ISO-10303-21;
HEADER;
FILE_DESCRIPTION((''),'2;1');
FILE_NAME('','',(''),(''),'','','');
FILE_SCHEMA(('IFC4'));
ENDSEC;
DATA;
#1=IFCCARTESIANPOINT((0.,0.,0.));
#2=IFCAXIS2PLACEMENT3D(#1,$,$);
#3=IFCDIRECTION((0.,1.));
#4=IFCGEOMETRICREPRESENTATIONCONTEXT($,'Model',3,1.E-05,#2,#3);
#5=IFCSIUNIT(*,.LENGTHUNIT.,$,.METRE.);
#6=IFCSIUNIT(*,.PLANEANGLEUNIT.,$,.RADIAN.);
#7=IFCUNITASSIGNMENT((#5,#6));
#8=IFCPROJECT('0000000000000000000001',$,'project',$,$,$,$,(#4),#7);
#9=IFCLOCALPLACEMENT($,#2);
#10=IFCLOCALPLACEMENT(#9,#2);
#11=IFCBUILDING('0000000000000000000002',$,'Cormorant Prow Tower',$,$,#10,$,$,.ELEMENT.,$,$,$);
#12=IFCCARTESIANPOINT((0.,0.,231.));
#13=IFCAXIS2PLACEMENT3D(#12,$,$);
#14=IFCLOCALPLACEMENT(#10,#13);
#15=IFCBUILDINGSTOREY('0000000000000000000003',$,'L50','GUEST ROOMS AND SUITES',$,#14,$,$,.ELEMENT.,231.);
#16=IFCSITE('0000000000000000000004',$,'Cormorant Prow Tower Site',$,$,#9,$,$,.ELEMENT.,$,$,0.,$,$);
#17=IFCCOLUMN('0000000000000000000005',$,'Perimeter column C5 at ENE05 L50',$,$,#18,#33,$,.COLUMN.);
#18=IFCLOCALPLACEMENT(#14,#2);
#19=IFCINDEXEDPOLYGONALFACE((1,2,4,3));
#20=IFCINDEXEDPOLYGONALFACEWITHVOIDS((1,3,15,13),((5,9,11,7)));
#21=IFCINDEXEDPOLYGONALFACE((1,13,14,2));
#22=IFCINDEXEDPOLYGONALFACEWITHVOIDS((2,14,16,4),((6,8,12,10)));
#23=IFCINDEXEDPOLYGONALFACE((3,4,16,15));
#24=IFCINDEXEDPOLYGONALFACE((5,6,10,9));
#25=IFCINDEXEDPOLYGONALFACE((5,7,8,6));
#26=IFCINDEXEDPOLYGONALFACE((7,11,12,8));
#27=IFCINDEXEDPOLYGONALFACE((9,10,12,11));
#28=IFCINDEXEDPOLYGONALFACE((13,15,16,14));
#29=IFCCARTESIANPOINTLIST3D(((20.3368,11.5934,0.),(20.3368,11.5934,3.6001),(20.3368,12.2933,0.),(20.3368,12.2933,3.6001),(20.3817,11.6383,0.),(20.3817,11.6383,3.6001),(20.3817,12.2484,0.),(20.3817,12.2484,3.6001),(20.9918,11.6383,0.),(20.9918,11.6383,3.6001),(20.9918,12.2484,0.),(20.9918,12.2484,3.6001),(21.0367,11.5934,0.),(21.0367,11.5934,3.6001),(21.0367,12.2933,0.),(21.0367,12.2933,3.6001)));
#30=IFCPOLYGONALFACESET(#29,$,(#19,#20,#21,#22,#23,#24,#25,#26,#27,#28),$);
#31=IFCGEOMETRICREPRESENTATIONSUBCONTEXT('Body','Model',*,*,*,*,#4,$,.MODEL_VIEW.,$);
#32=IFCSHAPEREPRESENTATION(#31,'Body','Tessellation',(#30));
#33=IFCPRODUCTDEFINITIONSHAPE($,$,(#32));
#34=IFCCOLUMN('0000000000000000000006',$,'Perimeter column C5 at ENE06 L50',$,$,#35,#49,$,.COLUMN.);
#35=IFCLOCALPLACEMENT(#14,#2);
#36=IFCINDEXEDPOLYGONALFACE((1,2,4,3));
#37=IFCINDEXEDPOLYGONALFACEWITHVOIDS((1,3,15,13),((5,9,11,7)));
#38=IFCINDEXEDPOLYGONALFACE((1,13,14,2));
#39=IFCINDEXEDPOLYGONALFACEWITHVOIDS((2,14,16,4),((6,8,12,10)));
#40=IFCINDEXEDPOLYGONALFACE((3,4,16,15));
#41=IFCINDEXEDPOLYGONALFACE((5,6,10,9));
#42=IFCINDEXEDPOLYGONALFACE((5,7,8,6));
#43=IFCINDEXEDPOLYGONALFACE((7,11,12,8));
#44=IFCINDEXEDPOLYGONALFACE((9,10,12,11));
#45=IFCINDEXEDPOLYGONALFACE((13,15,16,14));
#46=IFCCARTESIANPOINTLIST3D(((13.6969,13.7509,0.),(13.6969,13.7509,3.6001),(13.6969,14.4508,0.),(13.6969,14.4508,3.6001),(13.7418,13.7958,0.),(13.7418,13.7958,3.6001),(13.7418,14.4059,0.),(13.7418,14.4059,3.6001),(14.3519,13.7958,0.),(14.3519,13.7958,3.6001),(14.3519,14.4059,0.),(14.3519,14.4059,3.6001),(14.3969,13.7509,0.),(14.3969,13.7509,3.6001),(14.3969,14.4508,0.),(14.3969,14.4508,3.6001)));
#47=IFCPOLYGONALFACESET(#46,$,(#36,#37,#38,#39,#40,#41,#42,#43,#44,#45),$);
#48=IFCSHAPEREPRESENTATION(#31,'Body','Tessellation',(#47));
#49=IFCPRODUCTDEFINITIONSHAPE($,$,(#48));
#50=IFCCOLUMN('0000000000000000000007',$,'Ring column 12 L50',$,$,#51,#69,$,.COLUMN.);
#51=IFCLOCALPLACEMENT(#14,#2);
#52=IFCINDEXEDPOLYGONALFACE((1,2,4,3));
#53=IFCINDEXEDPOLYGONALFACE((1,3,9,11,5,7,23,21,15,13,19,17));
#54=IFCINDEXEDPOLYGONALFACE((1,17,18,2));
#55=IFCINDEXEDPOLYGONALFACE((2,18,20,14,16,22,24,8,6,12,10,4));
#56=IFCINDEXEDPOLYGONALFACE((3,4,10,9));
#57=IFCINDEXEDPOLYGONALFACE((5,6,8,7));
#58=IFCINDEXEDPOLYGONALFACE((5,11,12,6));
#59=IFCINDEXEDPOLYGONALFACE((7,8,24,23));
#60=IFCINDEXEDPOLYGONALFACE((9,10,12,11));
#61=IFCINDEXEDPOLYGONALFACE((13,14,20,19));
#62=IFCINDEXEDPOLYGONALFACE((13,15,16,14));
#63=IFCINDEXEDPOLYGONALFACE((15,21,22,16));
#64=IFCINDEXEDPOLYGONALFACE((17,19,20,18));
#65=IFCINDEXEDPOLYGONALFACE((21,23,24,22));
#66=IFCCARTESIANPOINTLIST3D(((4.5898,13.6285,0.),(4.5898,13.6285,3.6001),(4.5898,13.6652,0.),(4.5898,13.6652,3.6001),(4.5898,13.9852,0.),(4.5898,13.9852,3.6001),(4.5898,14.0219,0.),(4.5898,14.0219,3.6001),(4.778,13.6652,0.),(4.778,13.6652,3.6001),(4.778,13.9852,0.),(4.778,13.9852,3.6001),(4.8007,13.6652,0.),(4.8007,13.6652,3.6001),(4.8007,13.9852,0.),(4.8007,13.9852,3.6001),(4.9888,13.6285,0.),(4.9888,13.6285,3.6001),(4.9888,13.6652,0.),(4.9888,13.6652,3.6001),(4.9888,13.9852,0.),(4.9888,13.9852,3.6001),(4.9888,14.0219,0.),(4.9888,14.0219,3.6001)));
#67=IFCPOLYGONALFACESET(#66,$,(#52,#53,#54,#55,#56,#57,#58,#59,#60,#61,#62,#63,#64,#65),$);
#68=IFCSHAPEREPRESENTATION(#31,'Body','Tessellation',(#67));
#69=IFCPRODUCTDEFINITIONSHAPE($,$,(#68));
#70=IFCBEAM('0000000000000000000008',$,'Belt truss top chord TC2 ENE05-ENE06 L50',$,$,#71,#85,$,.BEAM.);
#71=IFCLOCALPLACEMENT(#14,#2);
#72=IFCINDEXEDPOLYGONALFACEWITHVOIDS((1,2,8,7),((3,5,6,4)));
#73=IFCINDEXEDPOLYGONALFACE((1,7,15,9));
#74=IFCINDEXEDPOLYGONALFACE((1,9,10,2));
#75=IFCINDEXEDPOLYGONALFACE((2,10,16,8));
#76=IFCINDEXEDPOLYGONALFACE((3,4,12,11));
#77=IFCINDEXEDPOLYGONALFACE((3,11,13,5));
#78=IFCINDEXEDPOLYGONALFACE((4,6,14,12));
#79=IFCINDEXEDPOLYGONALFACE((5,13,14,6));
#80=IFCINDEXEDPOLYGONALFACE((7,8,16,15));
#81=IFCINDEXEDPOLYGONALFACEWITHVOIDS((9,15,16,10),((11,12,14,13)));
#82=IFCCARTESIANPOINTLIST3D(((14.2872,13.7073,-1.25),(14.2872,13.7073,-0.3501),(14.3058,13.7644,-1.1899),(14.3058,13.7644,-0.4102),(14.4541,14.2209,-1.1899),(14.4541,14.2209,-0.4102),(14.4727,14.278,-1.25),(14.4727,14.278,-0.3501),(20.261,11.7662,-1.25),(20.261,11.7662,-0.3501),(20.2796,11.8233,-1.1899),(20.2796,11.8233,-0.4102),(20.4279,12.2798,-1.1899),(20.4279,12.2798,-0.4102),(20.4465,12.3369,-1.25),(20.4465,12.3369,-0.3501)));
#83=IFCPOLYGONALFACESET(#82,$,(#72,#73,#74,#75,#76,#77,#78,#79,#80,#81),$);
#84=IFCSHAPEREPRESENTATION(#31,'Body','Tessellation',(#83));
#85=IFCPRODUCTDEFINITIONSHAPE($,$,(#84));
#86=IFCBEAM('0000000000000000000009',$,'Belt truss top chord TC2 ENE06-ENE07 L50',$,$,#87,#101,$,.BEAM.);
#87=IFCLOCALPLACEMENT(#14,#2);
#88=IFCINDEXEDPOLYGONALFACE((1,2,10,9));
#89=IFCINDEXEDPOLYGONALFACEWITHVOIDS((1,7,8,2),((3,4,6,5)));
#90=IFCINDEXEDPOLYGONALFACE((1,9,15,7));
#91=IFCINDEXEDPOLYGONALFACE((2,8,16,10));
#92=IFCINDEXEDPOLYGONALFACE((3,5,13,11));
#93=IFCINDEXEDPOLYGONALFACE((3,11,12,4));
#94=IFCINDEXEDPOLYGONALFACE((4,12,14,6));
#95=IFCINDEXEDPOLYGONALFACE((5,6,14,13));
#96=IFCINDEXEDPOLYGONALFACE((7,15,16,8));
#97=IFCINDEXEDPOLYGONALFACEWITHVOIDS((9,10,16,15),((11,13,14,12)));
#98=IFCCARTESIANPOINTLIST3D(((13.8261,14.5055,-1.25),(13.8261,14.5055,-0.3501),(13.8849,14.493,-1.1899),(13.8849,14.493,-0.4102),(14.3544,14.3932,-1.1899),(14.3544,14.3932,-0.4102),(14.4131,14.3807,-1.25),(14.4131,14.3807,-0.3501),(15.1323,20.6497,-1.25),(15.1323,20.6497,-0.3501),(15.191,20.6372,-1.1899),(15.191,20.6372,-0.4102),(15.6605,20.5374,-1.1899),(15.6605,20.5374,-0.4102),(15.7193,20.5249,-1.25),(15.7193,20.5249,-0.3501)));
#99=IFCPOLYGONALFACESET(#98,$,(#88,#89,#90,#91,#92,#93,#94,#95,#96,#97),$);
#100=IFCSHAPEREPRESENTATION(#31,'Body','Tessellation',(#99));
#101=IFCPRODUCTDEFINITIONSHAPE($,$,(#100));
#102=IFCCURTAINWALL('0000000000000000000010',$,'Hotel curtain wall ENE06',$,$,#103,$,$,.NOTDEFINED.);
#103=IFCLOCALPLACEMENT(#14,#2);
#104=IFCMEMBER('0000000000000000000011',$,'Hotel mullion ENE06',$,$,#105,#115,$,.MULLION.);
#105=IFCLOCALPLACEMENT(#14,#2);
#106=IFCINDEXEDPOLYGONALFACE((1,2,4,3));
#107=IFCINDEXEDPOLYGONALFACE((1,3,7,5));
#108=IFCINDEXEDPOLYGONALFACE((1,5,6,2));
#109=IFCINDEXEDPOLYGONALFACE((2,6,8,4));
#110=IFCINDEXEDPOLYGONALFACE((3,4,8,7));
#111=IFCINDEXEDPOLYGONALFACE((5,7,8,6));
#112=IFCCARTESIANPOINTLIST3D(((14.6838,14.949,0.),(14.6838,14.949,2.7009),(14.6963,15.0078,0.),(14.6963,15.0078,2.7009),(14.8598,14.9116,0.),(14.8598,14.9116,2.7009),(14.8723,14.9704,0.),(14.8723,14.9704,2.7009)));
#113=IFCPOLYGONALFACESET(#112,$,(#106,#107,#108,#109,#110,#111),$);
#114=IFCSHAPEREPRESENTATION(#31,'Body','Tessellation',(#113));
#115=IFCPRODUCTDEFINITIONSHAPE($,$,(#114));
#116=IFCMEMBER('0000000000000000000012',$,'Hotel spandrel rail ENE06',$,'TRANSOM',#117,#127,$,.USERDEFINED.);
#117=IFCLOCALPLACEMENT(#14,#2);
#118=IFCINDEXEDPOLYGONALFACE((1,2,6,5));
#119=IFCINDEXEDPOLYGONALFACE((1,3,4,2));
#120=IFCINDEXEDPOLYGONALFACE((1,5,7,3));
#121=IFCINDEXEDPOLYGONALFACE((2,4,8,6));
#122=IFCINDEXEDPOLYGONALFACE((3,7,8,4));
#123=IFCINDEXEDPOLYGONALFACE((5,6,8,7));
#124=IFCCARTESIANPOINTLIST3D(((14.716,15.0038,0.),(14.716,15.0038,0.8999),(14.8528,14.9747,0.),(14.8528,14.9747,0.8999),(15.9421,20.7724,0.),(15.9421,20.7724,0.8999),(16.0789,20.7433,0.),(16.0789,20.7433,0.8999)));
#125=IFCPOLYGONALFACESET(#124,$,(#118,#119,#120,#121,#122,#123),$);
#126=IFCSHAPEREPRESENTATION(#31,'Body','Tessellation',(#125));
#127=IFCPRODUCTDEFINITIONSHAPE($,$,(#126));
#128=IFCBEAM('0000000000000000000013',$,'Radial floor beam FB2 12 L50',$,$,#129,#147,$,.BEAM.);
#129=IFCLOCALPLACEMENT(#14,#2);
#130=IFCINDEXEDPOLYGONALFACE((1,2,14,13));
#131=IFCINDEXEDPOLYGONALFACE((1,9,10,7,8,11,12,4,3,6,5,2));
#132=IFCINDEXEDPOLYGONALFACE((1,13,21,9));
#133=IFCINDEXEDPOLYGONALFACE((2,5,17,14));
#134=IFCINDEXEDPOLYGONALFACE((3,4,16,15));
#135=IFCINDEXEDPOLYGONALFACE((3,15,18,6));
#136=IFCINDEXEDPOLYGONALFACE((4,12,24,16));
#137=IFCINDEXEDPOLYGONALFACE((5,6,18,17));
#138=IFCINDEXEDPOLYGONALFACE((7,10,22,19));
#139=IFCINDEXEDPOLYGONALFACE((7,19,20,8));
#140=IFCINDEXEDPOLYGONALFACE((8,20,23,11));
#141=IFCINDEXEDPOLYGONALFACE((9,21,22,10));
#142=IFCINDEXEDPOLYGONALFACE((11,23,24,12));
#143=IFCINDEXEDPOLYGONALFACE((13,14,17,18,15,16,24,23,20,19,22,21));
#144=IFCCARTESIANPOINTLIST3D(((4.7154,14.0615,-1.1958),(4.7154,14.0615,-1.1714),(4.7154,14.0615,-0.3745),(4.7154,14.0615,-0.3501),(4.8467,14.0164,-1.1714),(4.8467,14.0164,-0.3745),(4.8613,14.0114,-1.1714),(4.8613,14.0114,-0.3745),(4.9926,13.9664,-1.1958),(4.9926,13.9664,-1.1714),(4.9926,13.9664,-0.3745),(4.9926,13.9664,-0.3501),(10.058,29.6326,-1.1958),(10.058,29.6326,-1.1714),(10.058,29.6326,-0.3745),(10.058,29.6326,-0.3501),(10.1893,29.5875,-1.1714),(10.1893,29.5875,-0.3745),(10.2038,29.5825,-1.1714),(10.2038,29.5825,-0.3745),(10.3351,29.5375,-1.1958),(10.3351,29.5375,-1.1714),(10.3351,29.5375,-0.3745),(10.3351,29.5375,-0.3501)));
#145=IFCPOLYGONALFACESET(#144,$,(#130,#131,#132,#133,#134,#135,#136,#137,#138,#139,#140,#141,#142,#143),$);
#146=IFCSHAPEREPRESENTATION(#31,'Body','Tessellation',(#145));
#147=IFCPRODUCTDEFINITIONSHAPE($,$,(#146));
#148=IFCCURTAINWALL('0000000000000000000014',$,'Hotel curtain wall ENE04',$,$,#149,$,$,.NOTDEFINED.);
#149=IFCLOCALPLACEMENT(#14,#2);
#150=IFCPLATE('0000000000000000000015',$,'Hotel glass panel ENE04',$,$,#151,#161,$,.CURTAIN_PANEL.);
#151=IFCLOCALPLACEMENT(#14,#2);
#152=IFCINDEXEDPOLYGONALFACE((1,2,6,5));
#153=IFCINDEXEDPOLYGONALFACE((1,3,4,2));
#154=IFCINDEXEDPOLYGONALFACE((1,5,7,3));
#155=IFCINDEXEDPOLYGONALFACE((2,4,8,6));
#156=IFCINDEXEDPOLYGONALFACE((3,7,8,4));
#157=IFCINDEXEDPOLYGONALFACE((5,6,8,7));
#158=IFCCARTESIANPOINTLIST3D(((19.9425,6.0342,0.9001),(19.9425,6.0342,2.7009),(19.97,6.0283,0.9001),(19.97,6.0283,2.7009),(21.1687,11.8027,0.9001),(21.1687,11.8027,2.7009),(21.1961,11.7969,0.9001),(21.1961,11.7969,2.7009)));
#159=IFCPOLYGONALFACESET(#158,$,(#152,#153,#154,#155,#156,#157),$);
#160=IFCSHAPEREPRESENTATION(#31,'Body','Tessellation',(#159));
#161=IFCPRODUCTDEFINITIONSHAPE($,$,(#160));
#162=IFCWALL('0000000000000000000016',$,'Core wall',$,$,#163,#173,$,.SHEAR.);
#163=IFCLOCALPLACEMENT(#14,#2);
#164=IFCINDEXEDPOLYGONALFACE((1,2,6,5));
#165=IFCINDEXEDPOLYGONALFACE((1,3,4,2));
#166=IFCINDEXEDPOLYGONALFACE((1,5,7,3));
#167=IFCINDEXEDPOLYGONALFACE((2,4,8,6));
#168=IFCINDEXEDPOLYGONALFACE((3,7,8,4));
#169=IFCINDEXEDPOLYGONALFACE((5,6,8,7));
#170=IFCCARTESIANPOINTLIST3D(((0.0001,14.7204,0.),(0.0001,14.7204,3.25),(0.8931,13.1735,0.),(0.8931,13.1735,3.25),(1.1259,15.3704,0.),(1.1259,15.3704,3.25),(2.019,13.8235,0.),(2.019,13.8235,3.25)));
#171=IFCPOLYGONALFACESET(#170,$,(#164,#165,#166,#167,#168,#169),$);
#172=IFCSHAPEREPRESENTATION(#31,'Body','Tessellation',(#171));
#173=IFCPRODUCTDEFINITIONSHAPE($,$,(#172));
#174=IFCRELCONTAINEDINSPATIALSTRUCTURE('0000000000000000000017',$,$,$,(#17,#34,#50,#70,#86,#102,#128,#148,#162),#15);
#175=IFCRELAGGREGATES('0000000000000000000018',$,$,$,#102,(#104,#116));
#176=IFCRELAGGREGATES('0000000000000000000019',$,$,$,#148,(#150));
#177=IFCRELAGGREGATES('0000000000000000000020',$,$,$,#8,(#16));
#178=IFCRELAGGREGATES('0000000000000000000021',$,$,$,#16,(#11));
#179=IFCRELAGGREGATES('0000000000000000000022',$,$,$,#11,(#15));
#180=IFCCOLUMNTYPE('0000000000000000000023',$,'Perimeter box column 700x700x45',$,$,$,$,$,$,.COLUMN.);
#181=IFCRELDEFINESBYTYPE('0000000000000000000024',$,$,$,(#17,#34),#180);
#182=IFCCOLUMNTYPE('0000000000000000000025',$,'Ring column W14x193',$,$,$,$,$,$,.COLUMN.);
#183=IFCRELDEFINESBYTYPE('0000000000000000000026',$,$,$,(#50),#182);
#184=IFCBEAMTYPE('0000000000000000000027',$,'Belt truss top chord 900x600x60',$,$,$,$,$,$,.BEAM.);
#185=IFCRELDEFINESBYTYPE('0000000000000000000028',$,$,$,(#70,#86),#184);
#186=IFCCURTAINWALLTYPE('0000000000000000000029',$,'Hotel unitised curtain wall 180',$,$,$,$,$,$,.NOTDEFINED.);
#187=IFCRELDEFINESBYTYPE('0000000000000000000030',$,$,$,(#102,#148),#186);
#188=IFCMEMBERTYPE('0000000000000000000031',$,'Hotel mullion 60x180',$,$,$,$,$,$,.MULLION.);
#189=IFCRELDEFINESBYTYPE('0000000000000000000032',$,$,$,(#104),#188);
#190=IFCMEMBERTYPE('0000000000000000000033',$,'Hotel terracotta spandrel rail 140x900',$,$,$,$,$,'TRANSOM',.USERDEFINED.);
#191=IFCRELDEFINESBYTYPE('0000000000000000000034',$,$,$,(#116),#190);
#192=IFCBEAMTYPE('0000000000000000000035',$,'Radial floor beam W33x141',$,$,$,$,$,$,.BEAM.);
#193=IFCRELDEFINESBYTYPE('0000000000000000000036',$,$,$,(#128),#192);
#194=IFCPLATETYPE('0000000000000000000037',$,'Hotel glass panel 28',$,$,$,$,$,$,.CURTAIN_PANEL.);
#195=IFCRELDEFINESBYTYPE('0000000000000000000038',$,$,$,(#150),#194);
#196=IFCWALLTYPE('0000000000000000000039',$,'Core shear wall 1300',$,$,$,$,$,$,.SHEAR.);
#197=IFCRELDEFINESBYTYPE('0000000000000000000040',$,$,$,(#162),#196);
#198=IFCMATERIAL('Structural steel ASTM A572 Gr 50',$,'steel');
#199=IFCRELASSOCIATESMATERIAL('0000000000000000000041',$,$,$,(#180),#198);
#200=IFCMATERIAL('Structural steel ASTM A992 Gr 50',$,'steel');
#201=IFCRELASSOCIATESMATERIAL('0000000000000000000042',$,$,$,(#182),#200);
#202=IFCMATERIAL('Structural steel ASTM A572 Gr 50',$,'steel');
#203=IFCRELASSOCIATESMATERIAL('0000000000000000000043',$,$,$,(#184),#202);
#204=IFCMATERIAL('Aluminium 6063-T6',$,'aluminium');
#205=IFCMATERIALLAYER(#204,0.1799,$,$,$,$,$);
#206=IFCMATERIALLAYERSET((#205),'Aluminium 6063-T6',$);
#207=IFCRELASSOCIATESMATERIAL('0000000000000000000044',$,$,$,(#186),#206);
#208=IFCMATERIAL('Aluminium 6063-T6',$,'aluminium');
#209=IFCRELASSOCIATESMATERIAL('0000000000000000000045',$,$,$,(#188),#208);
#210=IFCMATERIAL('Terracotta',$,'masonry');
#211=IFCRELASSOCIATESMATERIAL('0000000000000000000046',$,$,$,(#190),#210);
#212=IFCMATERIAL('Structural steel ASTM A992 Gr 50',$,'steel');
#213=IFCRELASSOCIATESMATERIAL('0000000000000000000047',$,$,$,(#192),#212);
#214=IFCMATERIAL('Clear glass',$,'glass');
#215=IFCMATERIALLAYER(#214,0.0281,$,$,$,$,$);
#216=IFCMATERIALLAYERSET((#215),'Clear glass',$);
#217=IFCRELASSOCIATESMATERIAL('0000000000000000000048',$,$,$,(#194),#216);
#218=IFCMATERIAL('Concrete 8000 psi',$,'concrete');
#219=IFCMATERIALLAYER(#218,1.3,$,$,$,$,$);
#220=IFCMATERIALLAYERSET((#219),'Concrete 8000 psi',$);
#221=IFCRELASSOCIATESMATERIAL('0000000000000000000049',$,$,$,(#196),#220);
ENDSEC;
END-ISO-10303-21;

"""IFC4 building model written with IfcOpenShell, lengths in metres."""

from ifc_helpers import new_model, si_unit, direction, frame, frame_2d, origin, origin_2d, place, context, subcontext, project, spatial, rectangle, hollow_rectangle, i_section, extrude, material, layer, layer_set, material_profile, profile_set, type_object, element, aggregate, save


model = new_model("IFC4")

# Units and contexts
model_context = context("Model", 3, precision=1e-05, world=origin(), true_north=direction((0.0, 1.0)))
body_context = subcontext(model_context, "Body", "Model", "MODEL_VIEW")
ifc_project = project(units=[si_unit("LENGTHUNIT", "METRE"), si_unit("PLANEANGLEUNIT", "RADIAN")], contexts=[model_context])

# Site, building, storey
site_placement = place(None, origin())
site = spatial("IfcSite", under=ifc_project, at=site_placement, Name="Cormorant Prow Tower Site", CompositionType="ELEMENT", RefElevation=0.0)
building_placement = place(site_placement, origin())
building = spatial("IfcBuilding", under=site, at=building_placement, Name="Cormorant Prow Tower", CompositionType="ELEMENT")
storey_placement = place(building_placement, frame((0.0, 0.0, 231.0)))
storey = spatial("IfcBuildingStorey", under=building, at=storey_placement, Name="L50", Description="GUEST ROOMS AND SUITES", CompositionType="ELEMENT", Elevation=231.0)

# Columns
ifc_material_1 = material(Name="Structural steel ASTM A572 Gr 50", Category="steel")
ifc_material_profile_1 = material_profile(ifc_material_1, hollow_rectangle(XDim=0.7, YDim=0.7, WallThickness=0.0449, at=origin_2d()), Name="Box 700x700x45")
ifc_profile_set_1 = profile_set([ifc_material_profile_1], Name="Structural steel ASTM A572 Gr 50")
column_type_1 = type_object("IfcColumnType", Name="Perimeter box column 700x700x45", PredefinedType="COLUMN", material=ifc_profile_set_1)
for number, where, z_axis, x_axis, name in (
    (1, (20.6868, 11.9434, 0.0), (0.0, 0.0, 1.0), (1.0, 0.0, 0.0), "Perimeter column C5 at ENE05 L50"),
    (2, (14.0469, 14.1008, 0.0), (0.0, 0.0, 1.0), (1.0, 0.0, 0.0), "Perimeter column C5 at ENE06 L50"),
):
    element("IfcColumn", number, at=place(storey_placement, frame(where, z_axis=z_axis, x_axis=x_axis)), inside=storey, type_object=column_type_1, Name=name, PredefinedType="COLUMN", context=body_context, shape_type="SweptSolid", body=[
        extrude(hollow_rectangle(XDim=0.7, YDim=0.7, WallThickness=0.0449, at=origin_2d()), origin(), (0.0, 0.0, 1.0), 3.6001),
    ])
ifc_material_2 = material(Name="Structural steel ASTM A992 Gr 50", Category="steel")
ifc_material_profile_2 = material_profile(ifc_material_2, i_section(OverallWidth=0.3989, OverallDepth=0.3933, WebThickness=0.0227, FlangeThickness=0.0366, at=origin_2d()), Name="W14x193")
ifc_profile_set_2 = profile_set([ifc_material_profile_2], Name="Structural steel ASTM A992 Gr 50")
column_type_2 = type_object("IfcColumnType", Name="Ring column W14x193", PredefinedType="COLUMN", material=ifc_profile_set_2)
column_placement = place(storey_placement, frame((4.7893, 13.8252, 0.0), z_axis=(0.0, 0.0, 1.0), x_axis=(1.0, 0.0, 0.0)))
element("IfcColumn", 3, at=column_placement, inside=storey, type_object=column_type_2, Name="Ring column 12 L50", PredefinedType="COLUMN", context=body_context, shape_type="SweptSolid", body=[
    extrude(i_section(OverallWidth=0.3989, OverallDepth=0.3933, WebThickness=0.0227, FlangeThickness=0.0366, at=origin_2d()), origin(), (0.0, 0.0, 1.0), 3.6001),
])

# Beams
ifc_material_3 = material(Name="Structural steel ASTM A572 Gr 50", Category="steel")
ifc_material_profile_3 = material_profile(ifc_material_3, hollow_rectangle(XDim=0.6001, YDim=0.8999, WallThickness=0.0601, at=origin_2d()), Name="Box 900x600x60")
ifc_profile_set_3 = profile_set([ifc_material_profile_3], Name="Structural steel ASTM A572 Gr 50")
beam_type_1 = type_object("IfcBeamType", Name="Belt truss top chord 900x600x60", PredefinedType="BEAM", material=ifc_profile_set_3)
beam_1_placement = place(storey_placement, frame((20.3538, 12.0515, -0.8), z_axis=(-0.95105, 0.309036, 0.0), x_axis=(-0.309036, -0.95105, 0.0)))
element("IfcBeam", 4, at=beam_1_placement, inside=storey, type_object=beam_type_1, Name="Belt truss top chord TC2 ENE05-ENE06 L50", PredefinedType="BEAM", context=body_context, shape_type="SweptSolid", body=[
    extrude(hollow_rectangle(XDim=0.6001, YDim=0.8999, WallThickness=0.0601, at=origin_2d()), origin(), (0.0, 0.0, 1.0), 6.2812),
])
beam_2_placement = place(storey_placement, frame((14.1196, 14.4431, -0.8), z_axis=(0.207934, 0.978143, 0.0), x_axis=(-0.978143, 0.207934, 0.0)))
element("IfcBeam", 5, at=beam_2_placement, inside=storey, type_object=beam_type_1, Name="Belt truss top chord TC2 ENE06-ENE07 L50", PredefinedType="BEAM", context=body_context, shape_type="SweptSolid", body=[
    extrude(hollow_rectangle(XDim=0.6001, YDim=0.8999, WallThickness=0.0601, at=origin_2d()), origin(), (0.0, 0.0, 1.0), 6.2815),
])

# Curtain wall, members
ifc_material_4 = material(Name="Aluminium 6063-T6", Category="aluminium")
ifc_layer_1 = layer(ifc_material_4, 0.1799)
ifc_layer_set_1 = layer_set([ifc_layer_1], Name="Aluminium 6063-T6")
curtain_wall_type = type_object("IfcCurtainWallType", Name="Hotel unitised curtain wall 180", PredefinedType="NOTDEFINED", material=ifc_layer_set_1)
curtain_wall_1_placement = place(storey_placement, origin())
curtain_wall_1 = element("IfcCurtainWall", 6, at=curtain_wall_1_placement, inside=storey, type_object=curtain_wall_type, Name="Hotel curtain wall ENE06", PredefinedType="NOTDEFINED")
ifc_material_5 = material(Name="Aluminium 6063-T6", Category="aluminium")
ifc_material_profile_4 = material_profile(ifc_material_5, rectangle(XDim=0.1799, YDim=0.0601, at=origin_2d()), Name="Hotel mullion 60x180")
ifc_profile_set_4 = profile_set([ifc_material_profile_4], Name="Aluminium 6063-T6")
member_type_1 = type_object("IfcMemberType", Name="Hotel mullion 60x180", PredefinedType="MULLION", material=ifc_profile_set_4)
member_1_placement = place(storey_placement, frame((14.7781, 14.9597, 0.0), z_axis=(0.0, 0.0, 1.0), x_axis=(-0.978148, 0.207912, 0.0)))
member_1 = element("IfcMember", 7, at=member_1_placement, type_object=member_type_1, Name="Hotel mullion ENE06", PredefinedType="MULLION", context=body_context, shape_type="SweptSolid", body=[
    extrude(rectangle(XDim=0.1799, YDim=0.0601, at=origin_2d()), origin(), (0.0, 0.0, 1.0), 2.7009),
])
ifc_material_6 = material(Name="Terracotta", Category="masonry")
ifc_material_profile_5 = material_profile(ifc_material_6, rectangle(XDim=0.1399, YDim=0.8999, at=origin_2d()), Name="Hotel terracotta spandrel rail 140x900")
ifc_profile_set_5 = profile_set([ifc_material_profile_5], Name="Terracotta")
member_type_2 = type_object("IfcMemberType", Name="Hotel terracotta spandrel rail 140x900", ElementType="TRANSOM", PredefinedType="USERDEFINED", material=ifc_profile_set_5)
member_2_placement = place(storey_placement, frame((14.7844, 14.9893, 0.45), z_axis=(0.2079, 0.97815, 0.0), x_axis=(-0.97815, 0.2079, 0.0)))
member_2 = element("IfcMember", 8, at=member_2_placement, type_object=member_type_2, Name="Hotel spandrel rail ENE06", ObjectType="TRANSOM", PredefinedType="USERDEFINED", context=body_context, shape_type="SweptSolid", body=[
    extrude(rectangle(XDim=0.1399, YDim=0.8999, at=origin_2d()), origin(), (0.0, 0.0, 1.0), 5.8975),
])
aggregate(curtain_wall_1, [member_1, member_2])

# Beam
ifc_material_7 = material(Name="Structural steel ASTM A992 Gr 50", Category="steel")
ifc_material_profile_6 = material_profile(ifc_material_7, i_section(OverallWidth=0.293, OverallDepth=0.8457, WebThickness=0.0154, FlangeThickness=0.0244, at=origin_2d()), Name="W33x141")
ifc_profile_set_6 = profile_set([ifc_material_profile_6], Name="Structural steel ASTM A992 Gr 50")
beam_type_2 = type_object("IfcBeamType", Name="Radial floor beam W33x141", PredefinedType="BEAM", material=ifc_profile_set_6)
beam_3_placement = place(storey_placement, frame((4.854, 14.0139, -0.7729), z_axis=(0.324536, 0.945874, 0.0), x_axis=(-0.945874, 0.324536, 0.0)))
element("IfcBeam", 9, at=beam_3_placement, inside=storey, type_object=beam_type_2, Name="Radial floor beam FB2 12 L50", PredefinedType="BEAM", context=body_context, shape_type="SweptSolid", body=[
    extrude(i_section(OverallWidth=0.293, OverallDepth=0.8457, WebThickness=0.0154, FlangeThickness=0.0244, at=origin_2d()), origin(), (0.0, 0.0, 1.0), 16.4622),
])

# Curtain wall, plate
curtain_wall_2_placement = place(storey_placement, origin())
curtain_wall_2 = element("IfcCurtainWall", 10, at=curtain_wall_2_placement, inside=storey, type_object=curtain_wall_type, Name="Hotel curtain wall ENE04", PredefinedType="NOTDEFINED")
ifc_material_8 = material(Name="Clear glass", Category="glass")
ifc_layer_2 = layer(ifc_material_8, 0.0281)
ifc_layer_set_2 = layer_set([ifc_layer_2], Name="Clear glass")
plate_type = type_object("IfcPlateType", Name="Hotel glass panel 28", PredefinedType="CURTAIN_PANEL", material=ifc_layer_set_2)
plate_placement = place(storey_placement, frame((20.5693, 8.9155, 0.9001), z_axis=(0.0, 0.0, 1.0), x_axis=(0.207912, 0.978148, 0.0)))
plate = element("IfcPlate", 11, at=plate_placement, type_object=plate_type, Name="Hotel glass panel ENE04", PredefinedType="CURTAIN_PANEL", context=body_context, shape_type="SweptSolid", body=[
    extrude(rectangle(XDim=5.8975, YDim=0.0281, at=origin_2d()), origin(), (0.0, 0.0, 1.0), 1.8008),
])
aggregate(curtain_wall_2, [plate])

# Wall
ifc_material_9 = material(Name="Concrete 8000 psi", Category="concrete")
ifc_layer_3 = layer(ifc_material_9, 1.3)
ifc_layer_set_3 = layer_set([ifc_layer_3], Name="Concrete 8000 psi")
wall_type_1 = type_object("IfcWallType", Name="Core shear wall 1300", PredefinedType="SHEAR", material=ifc_layer_set_3)
wall_1_placement = place(storey_placement, frame((1.4561, 13.4985, 0.0), z_axis=(0.0, 0.0, 1.0), x_axis=(-0.499991, 0.866031, 0.0)))
element("IfcWall", 12, at=wall_1_placement, inside=storey, type_object=wall_type_1, Name="Core wall", PredefinedType="SHEAR", context=body_context, shape_type="SweptSolid", body=[
    extrude(rectangle(XDim=1.7861, YDim=1.3, at=frame_2d((0.8931, 0.0))), origin(), (0.0, 0.0, 1.0), 3.25),
])

save(model, "model.ifc")
